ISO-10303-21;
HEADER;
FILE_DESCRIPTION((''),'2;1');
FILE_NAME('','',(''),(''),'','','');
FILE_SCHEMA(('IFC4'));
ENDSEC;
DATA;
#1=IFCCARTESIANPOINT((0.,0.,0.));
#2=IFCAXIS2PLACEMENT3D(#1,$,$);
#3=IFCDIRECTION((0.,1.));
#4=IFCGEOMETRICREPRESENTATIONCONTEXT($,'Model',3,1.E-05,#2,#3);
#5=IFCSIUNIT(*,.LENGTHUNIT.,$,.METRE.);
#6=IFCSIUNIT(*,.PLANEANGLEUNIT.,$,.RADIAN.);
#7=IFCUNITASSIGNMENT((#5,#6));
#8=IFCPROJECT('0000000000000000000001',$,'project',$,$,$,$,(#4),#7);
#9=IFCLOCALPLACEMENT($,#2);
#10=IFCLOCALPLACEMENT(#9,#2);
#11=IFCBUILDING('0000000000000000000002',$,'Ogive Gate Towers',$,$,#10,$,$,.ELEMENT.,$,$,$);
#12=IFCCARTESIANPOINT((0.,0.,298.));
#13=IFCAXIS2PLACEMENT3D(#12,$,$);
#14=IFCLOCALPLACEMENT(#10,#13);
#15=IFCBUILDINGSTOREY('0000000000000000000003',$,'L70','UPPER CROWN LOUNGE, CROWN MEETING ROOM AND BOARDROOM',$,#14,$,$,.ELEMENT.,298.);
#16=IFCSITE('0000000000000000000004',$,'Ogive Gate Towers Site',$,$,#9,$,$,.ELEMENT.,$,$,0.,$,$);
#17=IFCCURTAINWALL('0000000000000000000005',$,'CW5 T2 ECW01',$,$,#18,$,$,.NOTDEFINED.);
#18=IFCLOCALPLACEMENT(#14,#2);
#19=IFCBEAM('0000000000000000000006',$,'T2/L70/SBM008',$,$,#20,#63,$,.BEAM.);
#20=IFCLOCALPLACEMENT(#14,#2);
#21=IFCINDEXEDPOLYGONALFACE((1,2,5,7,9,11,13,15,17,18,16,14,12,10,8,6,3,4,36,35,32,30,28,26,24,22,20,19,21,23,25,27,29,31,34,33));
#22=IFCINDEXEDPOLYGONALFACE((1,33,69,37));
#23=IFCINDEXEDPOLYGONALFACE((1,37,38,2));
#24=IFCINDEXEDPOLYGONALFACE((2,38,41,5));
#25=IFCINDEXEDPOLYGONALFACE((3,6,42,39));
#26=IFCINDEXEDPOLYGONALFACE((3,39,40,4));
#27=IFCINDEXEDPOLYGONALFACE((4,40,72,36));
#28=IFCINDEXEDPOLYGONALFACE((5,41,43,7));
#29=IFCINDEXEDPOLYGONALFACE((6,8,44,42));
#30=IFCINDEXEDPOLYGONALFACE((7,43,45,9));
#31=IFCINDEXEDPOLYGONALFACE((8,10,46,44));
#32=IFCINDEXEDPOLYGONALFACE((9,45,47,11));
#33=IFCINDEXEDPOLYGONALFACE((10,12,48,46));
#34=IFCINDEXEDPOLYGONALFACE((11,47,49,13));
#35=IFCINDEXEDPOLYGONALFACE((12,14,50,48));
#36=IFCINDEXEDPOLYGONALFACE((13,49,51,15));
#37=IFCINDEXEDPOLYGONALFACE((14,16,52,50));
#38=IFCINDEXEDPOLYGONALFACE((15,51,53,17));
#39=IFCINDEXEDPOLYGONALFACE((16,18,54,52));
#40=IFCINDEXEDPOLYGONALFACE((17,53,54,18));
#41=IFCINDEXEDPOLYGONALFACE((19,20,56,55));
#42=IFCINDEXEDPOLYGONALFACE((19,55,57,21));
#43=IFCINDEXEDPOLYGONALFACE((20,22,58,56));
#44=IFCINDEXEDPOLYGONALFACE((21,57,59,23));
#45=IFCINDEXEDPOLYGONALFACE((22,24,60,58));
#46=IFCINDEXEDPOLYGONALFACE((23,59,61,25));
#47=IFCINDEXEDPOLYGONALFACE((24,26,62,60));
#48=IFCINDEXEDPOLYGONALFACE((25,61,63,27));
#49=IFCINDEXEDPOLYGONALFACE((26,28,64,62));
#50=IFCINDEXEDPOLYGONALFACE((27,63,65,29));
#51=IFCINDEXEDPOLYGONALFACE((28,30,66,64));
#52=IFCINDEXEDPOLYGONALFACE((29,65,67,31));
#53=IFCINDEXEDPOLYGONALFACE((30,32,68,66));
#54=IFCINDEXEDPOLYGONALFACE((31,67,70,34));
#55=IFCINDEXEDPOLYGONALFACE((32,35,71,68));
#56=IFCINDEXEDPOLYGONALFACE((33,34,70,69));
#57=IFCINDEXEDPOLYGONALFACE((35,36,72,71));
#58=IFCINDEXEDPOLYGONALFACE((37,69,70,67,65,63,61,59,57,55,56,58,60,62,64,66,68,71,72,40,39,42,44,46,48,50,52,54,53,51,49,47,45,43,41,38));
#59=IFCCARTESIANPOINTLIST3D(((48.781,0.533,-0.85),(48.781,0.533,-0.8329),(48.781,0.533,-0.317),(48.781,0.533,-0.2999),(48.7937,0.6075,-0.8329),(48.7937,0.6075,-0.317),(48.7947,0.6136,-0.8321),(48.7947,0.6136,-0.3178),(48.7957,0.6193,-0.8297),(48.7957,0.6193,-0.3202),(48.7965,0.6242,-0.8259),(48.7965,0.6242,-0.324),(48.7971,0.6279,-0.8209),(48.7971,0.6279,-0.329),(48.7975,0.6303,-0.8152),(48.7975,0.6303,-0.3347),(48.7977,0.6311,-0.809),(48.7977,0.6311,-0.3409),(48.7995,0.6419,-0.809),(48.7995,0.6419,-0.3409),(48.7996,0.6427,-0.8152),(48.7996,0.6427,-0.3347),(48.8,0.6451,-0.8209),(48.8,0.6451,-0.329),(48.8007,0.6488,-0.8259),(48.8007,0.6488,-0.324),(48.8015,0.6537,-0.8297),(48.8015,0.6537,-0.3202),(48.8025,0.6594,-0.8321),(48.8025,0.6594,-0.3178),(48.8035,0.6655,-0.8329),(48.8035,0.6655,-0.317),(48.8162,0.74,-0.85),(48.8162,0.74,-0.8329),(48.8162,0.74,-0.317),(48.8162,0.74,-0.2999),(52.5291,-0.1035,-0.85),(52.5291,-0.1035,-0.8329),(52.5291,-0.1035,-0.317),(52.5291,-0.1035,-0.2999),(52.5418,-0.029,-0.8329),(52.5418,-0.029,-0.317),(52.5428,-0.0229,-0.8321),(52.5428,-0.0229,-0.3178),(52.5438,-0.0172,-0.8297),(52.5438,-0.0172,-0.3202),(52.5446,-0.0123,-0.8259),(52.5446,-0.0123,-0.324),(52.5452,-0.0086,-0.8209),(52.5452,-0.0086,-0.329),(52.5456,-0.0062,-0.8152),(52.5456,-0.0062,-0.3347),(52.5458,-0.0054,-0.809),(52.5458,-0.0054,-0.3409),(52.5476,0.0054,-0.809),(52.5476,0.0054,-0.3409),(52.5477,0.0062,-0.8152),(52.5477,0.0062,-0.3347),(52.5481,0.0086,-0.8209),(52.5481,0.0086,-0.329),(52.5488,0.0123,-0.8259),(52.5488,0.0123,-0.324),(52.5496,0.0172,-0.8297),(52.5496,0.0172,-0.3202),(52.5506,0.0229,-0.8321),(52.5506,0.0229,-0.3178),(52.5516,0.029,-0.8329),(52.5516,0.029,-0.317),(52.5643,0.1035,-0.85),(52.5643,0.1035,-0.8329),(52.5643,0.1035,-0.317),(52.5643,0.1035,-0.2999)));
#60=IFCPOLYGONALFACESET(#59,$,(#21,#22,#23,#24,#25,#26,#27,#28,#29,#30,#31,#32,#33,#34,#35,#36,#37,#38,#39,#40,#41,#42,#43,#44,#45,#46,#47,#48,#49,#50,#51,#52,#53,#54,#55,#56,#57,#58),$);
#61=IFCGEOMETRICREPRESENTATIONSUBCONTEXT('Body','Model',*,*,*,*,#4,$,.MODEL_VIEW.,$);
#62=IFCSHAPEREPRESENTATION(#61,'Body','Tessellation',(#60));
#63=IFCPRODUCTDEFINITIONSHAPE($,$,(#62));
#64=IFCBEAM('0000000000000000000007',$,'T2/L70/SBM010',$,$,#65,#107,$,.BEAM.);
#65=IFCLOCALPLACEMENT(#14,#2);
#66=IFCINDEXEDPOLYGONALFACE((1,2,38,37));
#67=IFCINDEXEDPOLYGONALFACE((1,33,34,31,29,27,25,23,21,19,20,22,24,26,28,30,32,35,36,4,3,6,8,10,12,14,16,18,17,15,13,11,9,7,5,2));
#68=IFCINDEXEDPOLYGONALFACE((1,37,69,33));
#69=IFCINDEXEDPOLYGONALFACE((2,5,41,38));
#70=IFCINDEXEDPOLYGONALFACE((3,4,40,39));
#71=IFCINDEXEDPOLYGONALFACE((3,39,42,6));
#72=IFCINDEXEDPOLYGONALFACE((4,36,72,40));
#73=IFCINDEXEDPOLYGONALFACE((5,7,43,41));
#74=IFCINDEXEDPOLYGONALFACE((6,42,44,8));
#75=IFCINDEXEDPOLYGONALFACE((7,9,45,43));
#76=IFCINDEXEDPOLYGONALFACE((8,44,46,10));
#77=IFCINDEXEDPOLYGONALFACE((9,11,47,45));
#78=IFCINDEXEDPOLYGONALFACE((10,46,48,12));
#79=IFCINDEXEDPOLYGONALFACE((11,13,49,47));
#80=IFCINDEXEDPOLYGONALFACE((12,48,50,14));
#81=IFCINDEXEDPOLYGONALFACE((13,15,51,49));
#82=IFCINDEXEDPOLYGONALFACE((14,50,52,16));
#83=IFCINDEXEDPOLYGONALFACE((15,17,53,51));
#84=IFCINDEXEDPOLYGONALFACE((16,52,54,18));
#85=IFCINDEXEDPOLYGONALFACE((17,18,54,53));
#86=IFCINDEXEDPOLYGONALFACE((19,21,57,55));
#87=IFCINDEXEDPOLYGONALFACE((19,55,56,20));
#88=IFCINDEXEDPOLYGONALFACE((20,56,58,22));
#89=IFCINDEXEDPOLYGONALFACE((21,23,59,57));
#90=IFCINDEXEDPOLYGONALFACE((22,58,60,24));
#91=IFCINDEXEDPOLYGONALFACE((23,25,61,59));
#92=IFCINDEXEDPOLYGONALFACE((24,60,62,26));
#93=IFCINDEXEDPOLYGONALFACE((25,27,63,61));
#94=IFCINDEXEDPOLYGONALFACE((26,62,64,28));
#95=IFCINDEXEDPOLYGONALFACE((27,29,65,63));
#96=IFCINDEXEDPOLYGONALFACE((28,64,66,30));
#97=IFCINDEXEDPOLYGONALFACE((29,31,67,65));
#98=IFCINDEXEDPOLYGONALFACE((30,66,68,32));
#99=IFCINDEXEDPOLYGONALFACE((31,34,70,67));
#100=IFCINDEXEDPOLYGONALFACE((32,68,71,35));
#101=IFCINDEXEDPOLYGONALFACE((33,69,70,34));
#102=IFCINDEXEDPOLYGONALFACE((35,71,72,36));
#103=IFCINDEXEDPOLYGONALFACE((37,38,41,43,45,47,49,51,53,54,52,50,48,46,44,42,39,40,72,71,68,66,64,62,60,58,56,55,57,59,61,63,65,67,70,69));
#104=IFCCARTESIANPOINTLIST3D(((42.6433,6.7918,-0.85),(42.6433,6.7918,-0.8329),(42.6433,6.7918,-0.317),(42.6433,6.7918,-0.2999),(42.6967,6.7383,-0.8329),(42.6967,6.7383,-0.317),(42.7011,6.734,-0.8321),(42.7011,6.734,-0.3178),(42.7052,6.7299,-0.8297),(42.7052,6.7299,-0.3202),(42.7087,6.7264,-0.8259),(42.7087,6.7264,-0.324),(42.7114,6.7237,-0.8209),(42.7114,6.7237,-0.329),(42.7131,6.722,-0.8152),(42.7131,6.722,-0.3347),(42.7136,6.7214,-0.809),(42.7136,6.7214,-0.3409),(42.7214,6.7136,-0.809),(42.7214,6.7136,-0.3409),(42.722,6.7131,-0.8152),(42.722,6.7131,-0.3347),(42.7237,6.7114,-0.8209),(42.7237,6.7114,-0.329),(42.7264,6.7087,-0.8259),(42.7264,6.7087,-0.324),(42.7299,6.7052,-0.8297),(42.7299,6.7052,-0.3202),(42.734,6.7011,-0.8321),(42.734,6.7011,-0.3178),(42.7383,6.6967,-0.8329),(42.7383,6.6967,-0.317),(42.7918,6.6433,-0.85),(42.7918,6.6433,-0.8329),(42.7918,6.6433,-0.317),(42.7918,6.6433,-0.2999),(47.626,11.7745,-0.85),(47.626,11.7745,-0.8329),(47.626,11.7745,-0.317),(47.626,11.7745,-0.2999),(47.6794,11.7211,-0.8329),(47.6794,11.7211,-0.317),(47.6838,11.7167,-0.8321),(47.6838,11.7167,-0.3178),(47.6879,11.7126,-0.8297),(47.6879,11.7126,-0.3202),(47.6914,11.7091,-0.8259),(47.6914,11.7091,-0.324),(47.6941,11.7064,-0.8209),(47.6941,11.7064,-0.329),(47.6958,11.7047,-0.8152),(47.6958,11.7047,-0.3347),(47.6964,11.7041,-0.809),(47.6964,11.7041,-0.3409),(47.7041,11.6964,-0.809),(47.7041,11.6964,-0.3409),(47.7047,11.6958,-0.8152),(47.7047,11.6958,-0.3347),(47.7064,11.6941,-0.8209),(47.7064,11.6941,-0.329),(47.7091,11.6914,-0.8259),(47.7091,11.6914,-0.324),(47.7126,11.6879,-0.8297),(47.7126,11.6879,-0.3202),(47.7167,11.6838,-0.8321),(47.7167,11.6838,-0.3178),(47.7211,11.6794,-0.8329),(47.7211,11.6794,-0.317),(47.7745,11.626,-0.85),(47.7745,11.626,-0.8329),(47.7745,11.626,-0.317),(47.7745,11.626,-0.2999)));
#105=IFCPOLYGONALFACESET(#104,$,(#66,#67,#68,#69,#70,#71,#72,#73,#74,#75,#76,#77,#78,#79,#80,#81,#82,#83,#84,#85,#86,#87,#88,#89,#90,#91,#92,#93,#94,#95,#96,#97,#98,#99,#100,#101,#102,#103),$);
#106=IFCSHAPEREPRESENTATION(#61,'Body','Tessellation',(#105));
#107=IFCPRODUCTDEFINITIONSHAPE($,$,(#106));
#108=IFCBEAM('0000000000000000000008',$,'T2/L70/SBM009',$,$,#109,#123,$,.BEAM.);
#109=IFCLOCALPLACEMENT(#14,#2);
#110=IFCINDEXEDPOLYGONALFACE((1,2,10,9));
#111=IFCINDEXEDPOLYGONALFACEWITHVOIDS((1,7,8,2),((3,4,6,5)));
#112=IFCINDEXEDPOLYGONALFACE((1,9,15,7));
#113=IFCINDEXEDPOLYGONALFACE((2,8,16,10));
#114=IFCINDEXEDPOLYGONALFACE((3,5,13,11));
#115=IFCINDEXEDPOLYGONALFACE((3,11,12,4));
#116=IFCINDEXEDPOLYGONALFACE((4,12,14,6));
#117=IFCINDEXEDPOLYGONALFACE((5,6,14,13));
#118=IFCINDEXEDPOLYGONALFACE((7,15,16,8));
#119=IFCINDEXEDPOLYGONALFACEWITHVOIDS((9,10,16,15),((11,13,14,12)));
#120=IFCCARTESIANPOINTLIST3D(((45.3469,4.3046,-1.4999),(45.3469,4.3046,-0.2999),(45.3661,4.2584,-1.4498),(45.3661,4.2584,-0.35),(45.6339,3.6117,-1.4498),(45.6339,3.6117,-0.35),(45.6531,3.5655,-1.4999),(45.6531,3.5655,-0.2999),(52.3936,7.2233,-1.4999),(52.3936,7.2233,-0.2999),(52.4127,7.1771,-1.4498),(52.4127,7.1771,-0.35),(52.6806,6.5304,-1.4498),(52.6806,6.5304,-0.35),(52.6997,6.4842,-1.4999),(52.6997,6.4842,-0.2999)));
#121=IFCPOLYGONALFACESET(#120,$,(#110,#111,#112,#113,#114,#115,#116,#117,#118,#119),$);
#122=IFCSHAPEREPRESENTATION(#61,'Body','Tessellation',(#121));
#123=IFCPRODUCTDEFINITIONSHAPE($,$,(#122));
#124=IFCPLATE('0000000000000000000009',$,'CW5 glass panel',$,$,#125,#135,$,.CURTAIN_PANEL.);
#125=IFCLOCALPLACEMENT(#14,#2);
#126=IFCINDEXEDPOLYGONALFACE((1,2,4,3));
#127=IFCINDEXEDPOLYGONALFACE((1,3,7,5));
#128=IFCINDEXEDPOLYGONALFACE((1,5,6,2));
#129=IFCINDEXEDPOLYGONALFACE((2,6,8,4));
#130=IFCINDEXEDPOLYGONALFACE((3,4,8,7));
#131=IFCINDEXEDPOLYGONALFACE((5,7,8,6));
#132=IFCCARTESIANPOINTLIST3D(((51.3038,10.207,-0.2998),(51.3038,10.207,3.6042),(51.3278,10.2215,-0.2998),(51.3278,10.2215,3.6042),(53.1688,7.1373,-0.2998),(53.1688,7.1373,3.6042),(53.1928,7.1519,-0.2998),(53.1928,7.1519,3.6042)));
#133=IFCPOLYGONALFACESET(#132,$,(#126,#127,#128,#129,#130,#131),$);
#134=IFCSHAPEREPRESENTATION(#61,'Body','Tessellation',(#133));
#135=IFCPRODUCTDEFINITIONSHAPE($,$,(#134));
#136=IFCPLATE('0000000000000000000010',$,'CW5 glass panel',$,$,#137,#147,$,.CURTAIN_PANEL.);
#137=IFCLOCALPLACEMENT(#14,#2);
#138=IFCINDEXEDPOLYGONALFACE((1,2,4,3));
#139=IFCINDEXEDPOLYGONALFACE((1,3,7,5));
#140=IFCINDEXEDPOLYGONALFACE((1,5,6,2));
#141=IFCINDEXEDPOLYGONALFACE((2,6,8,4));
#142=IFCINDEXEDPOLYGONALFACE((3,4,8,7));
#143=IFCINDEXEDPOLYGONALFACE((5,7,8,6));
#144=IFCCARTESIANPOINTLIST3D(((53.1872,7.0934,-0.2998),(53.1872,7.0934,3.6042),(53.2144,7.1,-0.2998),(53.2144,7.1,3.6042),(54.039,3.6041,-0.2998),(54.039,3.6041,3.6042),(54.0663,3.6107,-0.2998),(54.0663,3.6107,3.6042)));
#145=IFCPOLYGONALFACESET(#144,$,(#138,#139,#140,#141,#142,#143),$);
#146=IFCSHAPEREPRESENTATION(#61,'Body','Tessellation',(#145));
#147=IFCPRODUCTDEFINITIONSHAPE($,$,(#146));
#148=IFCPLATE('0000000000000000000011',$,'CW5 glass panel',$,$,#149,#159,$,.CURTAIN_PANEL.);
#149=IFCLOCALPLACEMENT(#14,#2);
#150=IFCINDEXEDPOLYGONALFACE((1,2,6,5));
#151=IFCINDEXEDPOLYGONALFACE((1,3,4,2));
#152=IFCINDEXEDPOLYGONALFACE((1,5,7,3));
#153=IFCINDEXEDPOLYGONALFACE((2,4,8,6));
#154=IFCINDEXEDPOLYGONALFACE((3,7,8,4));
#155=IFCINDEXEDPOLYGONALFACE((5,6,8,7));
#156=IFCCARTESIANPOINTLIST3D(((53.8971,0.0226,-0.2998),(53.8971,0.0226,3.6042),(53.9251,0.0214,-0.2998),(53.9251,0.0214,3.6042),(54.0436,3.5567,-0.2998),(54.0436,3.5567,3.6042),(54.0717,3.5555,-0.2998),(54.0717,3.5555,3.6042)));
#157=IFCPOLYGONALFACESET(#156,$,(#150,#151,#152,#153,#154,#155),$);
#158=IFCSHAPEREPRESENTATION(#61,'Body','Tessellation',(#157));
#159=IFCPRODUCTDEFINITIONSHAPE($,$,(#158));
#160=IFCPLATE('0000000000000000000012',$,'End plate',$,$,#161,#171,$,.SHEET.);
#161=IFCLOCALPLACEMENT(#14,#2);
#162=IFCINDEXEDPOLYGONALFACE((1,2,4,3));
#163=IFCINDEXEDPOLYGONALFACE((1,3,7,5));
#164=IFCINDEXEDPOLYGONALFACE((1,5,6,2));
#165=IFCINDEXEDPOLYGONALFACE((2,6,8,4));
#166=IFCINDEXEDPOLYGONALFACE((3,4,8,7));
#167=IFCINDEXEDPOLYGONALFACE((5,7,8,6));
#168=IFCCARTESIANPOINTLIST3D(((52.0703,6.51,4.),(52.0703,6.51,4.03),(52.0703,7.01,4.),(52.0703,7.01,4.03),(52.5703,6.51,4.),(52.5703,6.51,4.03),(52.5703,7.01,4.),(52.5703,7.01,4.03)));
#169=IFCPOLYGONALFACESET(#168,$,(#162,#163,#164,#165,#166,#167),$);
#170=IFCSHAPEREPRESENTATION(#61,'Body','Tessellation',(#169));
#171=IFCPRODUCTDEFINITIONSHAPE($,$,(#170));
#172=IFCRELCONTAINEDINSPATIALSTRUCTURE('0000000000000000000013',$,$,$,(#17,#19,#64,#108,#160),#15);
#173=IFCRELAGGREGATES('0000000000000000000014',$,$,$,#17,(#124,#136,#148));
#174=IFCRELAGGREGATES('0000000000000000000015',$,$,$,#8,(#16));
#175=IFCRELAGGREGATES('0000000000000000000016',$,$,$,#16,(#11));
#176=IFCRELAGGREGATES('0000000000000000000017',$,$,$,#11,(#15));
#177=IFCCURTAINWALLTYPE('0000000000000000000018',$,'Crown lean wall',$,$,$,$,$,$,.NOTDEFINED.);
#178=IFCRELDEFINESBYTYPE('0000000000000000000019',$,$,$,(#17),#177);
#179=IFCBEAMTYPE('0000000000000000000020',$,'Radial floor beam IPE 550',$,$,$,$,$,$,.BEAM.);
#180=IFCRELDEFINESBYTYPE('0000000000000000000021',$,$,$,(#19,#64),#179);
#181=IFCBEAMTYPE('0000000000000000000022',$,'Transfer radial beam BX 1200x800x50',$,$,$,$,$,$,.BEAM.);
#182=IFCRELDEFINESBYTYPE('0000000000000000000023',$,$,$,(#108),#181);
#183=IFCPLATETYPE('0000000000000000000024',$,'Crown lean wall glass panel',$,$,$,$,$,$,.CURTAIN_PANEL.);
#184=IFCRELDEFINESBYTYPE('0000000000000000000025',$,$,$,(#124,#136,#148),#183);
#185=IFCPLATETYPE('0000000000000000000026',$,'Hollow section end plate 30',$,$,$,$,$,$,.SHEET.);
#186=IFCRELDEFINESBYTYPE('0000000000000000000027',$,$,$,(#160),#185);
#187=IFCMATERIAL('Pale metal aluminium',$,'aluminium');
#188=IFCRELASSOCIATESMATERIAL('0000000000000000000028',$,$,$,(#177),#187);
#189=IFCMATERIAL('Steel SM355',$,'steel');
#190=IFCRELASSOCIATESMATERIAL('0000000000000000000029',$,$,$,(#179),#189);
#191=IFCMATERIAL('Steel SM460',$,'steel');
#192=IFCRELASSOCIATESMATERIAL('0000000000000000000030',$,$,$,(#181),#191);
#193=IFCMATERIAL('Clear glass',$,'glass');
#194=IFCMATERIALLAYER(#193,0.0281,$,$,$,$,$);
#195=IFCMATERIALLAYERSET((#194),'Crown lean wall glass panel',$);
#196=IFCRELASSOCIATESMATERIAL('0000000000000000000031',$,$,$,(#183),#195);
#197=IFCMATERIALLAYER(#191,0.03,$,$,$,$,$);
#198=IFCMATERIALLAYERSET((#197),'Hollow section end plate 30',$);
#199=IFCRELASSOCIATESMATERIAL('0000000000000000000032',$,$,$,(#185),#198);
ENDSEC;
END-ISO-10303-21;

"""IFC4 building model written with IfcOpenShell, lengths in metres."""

from ifc_helpers import new_model, si_unit, direction, frame, origin, origin_2d, place, context, subcontext, project, spatial, polyline, rectangle, hollow_rectangle, i_section, outline, extrude, material, layer, layer_set, material_profile, profile_set, type_object, element, aggregate, save


model = new_model("IFC4")

# Units and contexts
model_context = context("Model", 3, precision=1e-05, world=origin(), true_north=direction((0.0, 1.0)))
body_context = subcontext(model_context, "Body", "Model", "MODEL_VIEW")
ifc_project = project(units=[si_unit("LENGTHUNIT", "METRE"), si_unit("PLANEANGLEUNIT", "RADIAN")], contexts=[model_context])

# Site, building, storey
site_placement = place(None, origin())
site = spatial("IfcSite", under=ifc_project, at=site_placement, Name="Ogive Gate Towers Site", CompositionType="ELEMENT", RefElevation=0.0)
building_placement = place(site_placement, origin())
building = spatial("IfcBuilding", under=site, at=building_placement, Name="Ogive Gate Towers", CompositionType="ELEMENT")
storey_placement = place(building_placement, frame((0.0, 0.0, 298.0)))
storey = spatial("IfcBuildingStorey", under=building, at=storey_placement, Name="L70", Description="UPPER CROWN LOUNGE, CROWN MEETING ROOM AND BOARDROOM", CompositionType="ELEMENT", Elevation=298.0)

# Shared definitions
ifc_material_1 = material(Name="Steel SM460", Category="steel")

# Curtain wall
ifc_material_2 = material(Name="Pale metal aluminium", Category="aluminium")
curtain_wall_type = type_object("IfcCurtainWallType", Name="Crown lean wall", PredefinedType="NOTDEFINED", material=ifc_material_2)
curtain_wall_1_placement = place(storey_placement, origin())
curtain_wall_1 = element("IfcCurtainWall", 1, at=curtain_wall_1_placement, inside=storey, type_object=curtain_wall_type, Name="CW5 T2 ECW01", PredefinedType="NOTDEFINED")

# Beams
ifc_material_3 = material(Name="Steel SM355", Category="steel")
ifc_material_profile_1 = material_profile(ifc_material_3, i_section(OverallWidth=0.21, OverallDepth=0.55, WebThickness=0.011, FlangeThickness=0.0171, FilletRadius=0.0239, at=origin_2d()), Name="IPE 550")
ifc_profile_set_1 = profile_set([ifc_material_profile_1], Name="Steel SM355")
beam_type_1 = type_object("IfcBeamType", Name="Radial floor beam IPE 550", PredefinedType="BEAM", material=ifc_profile_set_1)
beam_1_placement = place(storey_placement, frame((48.7986, 0.6365, -0.575), z_axis=(0.985886, -0.167418, 0.0), x_axis=(0.167418, 0.985886, 0.0)))
element("IfcBeam", 2, at=beam_1_placement, inside=storey, type_object=beam_type_1, Name="T2/L70/SBM008", PredefinedType="BEAM", context=body_context, shape_type="SweptSolid", body=[
    extrude(i_section(OverallWidth=0.21, OverallDepth=0.55, WebThickness=0.011, FlangeThickness=0.0171, FilletRadius=0.0239, at=origin_2d()), origin(), (0.0, 0.0, 1.0), 3.8018),
])
beam_2_placement = place(storey_placement, frame((42.7175, 6.7175, -0.575), z_axis=(0.707107, 0.707107, 0.0), x_axis=(-0.707107, 0.707107, 0.0)))
element("IfcBeam", 3, at=beam_2_placement, inside=storey, type_object=beam_type_1, Name="T2/L70/SBM010", PredefinedType="BEAM", context=body_context, shape_type="SweptSolid", body=[
    extrude(i_section(OverallWidth=0.21, OverallDepth=0.55, WebThickness=0.011, FlangeThickness=0.0171, FilletRadius=0.0239, at=origin_2d()), origin(), (0.0, 0.0, 1.0), 7.0466),
])
ifc_material_profile_2 = material_profile(ifc_material_1, hollow_rectangle(XDim=0.8, YDim=1.2, WallThickness=0.05, at=origin_2d()), Name="BX 1200x800x50")
ifc_profile_set_2 = profile_set([ifc_material_profile_2], Name="Steel SM460")
beam_type_2 = type_object("IfcBeamType", Name="Transfer radial beam BX 1200x800x50", PredefinedType="BEAM", material=ifc_profile_set_2)
beam_3_placement = place(storey_placement, frame((45.5, 3.9351, -0.8999), z_axis=(0.923885, 0.382671, 0.0), x_axis=(-0.382671, 0.923885, 0.0)))
element("IfcBeam", 4, at=beam_3_placement, inside=storey, type_object=beam_type_2, Name="T2/L70/SBM009", PredefinedType="BEAM", context=body_context, shape_type="SweptSolid", body=[
    extrude(hollow_rectangle(XDim=0.8, YDim=1.2, WallThickness=0.05, at=origin_2d()), origin(), (0.0, 0.0, 1.0), 7.6272),
])

# Plates
ifc_material_4 = material(Name="Clear glass", Category="glass")
ifc_layer_1 = layer(ifc_material_4, 0.0281)
ifc_layer_set_1 = layer_set([ifc_layer_1], Name="Crown lean wall glass panel")
plate_type_1 = type_object("IfcPlateType", Name="Crown lean wall glass panel", PredefinedType="CURTAIN_PANEL", material=ifc_layer_set_1)
plate_1_placement = place(storey_placement, frame((52.2483, 8.6794, -0.2998), z_axis=(0.0, 0.0, 1.0), x_axis=(0.519251, -0.854622, 0.0)))
plate_1 = element("IfcPlate", 5, at=plate_1_placement, type_object=plate_type_1, Name="CW5 glass panel", PredefinedType="CURTAIN_PANEL", context=body_context, shape_type="SweptSolid", body=[
    extrude(rectangle(XDim=3.5918, YDim=0.0281, at=origin_2d()), origin(), (0.0, 0.0, 1.0), 3.9041),
])
plate_2_placement = place(storey_placement, frame((53.6267, 5.3521, -0.2998), z_axis=(0.0, 0.0, 1.0), x_axis=(0.23716, -0.971471, 0.0)))
plate_2 = element("IfcPlate", 6, at=plate_2_placement, type_object=plate_type_1, Name="CW5 glass panel", PredefinedType="CURTAIN_PANEL", context=body_context, shape_type="SweptSolid", body=[
    extrude(rectangle(XDim=3.5918, YDim=0.0281, at=origin_2d()), origin(), (0.0, 0.0, 1.0), 3.9041),
])
plate_3_placement = place(storey_placement, frame((53.9844, 1.7891, -0.2998), z_axis=(0.0, 0.0, 1.0), x_axis=(-0.04144, -0.999141, 0.0)))
plate_3 = element("IfcPlate", 7, at=plate_3_placement, type_object=plate_type_1, Name="CW5 glass panel", PredefinedType="CURTAIN_PANEL", context=body_context, shape_type="SweptSolid", body=[
    extrude(rectangle(XDim=3.5371, YDim=0.0281, at=origin_2d()), origin(), (0.0, 0.0, 1.0), 3.9041),
])
aggregate(curtain_wall_1, [plate_1, plate_2, plate_3])
ifc_layer_2 = layer(ifc_material_1, 0.03)
ifc_layer_set_2 = layer_set([ifc_layer_2], Name="Hollow section end plate 30")
plate_type_2 = type_object("IfcPlateType", Name="Hollow section end plate 30", PredefinedType="SHEET", material=ifc_layer_set_2)
plate_4_placement = place(storey_placement, frame((52.0703, 6.51, 4.03), z_axis=(0.0, 0.0, 1.0), x_axis=(1.0, 0.0, 0.0)))
element("IfcPlate", 8, at=plate_4_placement, inside=storey, type_object=plate_type_2, Name="End plate", PredefinedType="SHEET", context=body_context, shape_type="SweptSolid", body=[
    extrude(outline(polyline([(0.0, 0.0), (0.5, 0.0), (0.5, 0.5), (0.0, 0.5), (0.0, 0.0)])), origin(), (0.0, 0.0, -1.0), 0.03),
])

save(model, "model.ifc")
